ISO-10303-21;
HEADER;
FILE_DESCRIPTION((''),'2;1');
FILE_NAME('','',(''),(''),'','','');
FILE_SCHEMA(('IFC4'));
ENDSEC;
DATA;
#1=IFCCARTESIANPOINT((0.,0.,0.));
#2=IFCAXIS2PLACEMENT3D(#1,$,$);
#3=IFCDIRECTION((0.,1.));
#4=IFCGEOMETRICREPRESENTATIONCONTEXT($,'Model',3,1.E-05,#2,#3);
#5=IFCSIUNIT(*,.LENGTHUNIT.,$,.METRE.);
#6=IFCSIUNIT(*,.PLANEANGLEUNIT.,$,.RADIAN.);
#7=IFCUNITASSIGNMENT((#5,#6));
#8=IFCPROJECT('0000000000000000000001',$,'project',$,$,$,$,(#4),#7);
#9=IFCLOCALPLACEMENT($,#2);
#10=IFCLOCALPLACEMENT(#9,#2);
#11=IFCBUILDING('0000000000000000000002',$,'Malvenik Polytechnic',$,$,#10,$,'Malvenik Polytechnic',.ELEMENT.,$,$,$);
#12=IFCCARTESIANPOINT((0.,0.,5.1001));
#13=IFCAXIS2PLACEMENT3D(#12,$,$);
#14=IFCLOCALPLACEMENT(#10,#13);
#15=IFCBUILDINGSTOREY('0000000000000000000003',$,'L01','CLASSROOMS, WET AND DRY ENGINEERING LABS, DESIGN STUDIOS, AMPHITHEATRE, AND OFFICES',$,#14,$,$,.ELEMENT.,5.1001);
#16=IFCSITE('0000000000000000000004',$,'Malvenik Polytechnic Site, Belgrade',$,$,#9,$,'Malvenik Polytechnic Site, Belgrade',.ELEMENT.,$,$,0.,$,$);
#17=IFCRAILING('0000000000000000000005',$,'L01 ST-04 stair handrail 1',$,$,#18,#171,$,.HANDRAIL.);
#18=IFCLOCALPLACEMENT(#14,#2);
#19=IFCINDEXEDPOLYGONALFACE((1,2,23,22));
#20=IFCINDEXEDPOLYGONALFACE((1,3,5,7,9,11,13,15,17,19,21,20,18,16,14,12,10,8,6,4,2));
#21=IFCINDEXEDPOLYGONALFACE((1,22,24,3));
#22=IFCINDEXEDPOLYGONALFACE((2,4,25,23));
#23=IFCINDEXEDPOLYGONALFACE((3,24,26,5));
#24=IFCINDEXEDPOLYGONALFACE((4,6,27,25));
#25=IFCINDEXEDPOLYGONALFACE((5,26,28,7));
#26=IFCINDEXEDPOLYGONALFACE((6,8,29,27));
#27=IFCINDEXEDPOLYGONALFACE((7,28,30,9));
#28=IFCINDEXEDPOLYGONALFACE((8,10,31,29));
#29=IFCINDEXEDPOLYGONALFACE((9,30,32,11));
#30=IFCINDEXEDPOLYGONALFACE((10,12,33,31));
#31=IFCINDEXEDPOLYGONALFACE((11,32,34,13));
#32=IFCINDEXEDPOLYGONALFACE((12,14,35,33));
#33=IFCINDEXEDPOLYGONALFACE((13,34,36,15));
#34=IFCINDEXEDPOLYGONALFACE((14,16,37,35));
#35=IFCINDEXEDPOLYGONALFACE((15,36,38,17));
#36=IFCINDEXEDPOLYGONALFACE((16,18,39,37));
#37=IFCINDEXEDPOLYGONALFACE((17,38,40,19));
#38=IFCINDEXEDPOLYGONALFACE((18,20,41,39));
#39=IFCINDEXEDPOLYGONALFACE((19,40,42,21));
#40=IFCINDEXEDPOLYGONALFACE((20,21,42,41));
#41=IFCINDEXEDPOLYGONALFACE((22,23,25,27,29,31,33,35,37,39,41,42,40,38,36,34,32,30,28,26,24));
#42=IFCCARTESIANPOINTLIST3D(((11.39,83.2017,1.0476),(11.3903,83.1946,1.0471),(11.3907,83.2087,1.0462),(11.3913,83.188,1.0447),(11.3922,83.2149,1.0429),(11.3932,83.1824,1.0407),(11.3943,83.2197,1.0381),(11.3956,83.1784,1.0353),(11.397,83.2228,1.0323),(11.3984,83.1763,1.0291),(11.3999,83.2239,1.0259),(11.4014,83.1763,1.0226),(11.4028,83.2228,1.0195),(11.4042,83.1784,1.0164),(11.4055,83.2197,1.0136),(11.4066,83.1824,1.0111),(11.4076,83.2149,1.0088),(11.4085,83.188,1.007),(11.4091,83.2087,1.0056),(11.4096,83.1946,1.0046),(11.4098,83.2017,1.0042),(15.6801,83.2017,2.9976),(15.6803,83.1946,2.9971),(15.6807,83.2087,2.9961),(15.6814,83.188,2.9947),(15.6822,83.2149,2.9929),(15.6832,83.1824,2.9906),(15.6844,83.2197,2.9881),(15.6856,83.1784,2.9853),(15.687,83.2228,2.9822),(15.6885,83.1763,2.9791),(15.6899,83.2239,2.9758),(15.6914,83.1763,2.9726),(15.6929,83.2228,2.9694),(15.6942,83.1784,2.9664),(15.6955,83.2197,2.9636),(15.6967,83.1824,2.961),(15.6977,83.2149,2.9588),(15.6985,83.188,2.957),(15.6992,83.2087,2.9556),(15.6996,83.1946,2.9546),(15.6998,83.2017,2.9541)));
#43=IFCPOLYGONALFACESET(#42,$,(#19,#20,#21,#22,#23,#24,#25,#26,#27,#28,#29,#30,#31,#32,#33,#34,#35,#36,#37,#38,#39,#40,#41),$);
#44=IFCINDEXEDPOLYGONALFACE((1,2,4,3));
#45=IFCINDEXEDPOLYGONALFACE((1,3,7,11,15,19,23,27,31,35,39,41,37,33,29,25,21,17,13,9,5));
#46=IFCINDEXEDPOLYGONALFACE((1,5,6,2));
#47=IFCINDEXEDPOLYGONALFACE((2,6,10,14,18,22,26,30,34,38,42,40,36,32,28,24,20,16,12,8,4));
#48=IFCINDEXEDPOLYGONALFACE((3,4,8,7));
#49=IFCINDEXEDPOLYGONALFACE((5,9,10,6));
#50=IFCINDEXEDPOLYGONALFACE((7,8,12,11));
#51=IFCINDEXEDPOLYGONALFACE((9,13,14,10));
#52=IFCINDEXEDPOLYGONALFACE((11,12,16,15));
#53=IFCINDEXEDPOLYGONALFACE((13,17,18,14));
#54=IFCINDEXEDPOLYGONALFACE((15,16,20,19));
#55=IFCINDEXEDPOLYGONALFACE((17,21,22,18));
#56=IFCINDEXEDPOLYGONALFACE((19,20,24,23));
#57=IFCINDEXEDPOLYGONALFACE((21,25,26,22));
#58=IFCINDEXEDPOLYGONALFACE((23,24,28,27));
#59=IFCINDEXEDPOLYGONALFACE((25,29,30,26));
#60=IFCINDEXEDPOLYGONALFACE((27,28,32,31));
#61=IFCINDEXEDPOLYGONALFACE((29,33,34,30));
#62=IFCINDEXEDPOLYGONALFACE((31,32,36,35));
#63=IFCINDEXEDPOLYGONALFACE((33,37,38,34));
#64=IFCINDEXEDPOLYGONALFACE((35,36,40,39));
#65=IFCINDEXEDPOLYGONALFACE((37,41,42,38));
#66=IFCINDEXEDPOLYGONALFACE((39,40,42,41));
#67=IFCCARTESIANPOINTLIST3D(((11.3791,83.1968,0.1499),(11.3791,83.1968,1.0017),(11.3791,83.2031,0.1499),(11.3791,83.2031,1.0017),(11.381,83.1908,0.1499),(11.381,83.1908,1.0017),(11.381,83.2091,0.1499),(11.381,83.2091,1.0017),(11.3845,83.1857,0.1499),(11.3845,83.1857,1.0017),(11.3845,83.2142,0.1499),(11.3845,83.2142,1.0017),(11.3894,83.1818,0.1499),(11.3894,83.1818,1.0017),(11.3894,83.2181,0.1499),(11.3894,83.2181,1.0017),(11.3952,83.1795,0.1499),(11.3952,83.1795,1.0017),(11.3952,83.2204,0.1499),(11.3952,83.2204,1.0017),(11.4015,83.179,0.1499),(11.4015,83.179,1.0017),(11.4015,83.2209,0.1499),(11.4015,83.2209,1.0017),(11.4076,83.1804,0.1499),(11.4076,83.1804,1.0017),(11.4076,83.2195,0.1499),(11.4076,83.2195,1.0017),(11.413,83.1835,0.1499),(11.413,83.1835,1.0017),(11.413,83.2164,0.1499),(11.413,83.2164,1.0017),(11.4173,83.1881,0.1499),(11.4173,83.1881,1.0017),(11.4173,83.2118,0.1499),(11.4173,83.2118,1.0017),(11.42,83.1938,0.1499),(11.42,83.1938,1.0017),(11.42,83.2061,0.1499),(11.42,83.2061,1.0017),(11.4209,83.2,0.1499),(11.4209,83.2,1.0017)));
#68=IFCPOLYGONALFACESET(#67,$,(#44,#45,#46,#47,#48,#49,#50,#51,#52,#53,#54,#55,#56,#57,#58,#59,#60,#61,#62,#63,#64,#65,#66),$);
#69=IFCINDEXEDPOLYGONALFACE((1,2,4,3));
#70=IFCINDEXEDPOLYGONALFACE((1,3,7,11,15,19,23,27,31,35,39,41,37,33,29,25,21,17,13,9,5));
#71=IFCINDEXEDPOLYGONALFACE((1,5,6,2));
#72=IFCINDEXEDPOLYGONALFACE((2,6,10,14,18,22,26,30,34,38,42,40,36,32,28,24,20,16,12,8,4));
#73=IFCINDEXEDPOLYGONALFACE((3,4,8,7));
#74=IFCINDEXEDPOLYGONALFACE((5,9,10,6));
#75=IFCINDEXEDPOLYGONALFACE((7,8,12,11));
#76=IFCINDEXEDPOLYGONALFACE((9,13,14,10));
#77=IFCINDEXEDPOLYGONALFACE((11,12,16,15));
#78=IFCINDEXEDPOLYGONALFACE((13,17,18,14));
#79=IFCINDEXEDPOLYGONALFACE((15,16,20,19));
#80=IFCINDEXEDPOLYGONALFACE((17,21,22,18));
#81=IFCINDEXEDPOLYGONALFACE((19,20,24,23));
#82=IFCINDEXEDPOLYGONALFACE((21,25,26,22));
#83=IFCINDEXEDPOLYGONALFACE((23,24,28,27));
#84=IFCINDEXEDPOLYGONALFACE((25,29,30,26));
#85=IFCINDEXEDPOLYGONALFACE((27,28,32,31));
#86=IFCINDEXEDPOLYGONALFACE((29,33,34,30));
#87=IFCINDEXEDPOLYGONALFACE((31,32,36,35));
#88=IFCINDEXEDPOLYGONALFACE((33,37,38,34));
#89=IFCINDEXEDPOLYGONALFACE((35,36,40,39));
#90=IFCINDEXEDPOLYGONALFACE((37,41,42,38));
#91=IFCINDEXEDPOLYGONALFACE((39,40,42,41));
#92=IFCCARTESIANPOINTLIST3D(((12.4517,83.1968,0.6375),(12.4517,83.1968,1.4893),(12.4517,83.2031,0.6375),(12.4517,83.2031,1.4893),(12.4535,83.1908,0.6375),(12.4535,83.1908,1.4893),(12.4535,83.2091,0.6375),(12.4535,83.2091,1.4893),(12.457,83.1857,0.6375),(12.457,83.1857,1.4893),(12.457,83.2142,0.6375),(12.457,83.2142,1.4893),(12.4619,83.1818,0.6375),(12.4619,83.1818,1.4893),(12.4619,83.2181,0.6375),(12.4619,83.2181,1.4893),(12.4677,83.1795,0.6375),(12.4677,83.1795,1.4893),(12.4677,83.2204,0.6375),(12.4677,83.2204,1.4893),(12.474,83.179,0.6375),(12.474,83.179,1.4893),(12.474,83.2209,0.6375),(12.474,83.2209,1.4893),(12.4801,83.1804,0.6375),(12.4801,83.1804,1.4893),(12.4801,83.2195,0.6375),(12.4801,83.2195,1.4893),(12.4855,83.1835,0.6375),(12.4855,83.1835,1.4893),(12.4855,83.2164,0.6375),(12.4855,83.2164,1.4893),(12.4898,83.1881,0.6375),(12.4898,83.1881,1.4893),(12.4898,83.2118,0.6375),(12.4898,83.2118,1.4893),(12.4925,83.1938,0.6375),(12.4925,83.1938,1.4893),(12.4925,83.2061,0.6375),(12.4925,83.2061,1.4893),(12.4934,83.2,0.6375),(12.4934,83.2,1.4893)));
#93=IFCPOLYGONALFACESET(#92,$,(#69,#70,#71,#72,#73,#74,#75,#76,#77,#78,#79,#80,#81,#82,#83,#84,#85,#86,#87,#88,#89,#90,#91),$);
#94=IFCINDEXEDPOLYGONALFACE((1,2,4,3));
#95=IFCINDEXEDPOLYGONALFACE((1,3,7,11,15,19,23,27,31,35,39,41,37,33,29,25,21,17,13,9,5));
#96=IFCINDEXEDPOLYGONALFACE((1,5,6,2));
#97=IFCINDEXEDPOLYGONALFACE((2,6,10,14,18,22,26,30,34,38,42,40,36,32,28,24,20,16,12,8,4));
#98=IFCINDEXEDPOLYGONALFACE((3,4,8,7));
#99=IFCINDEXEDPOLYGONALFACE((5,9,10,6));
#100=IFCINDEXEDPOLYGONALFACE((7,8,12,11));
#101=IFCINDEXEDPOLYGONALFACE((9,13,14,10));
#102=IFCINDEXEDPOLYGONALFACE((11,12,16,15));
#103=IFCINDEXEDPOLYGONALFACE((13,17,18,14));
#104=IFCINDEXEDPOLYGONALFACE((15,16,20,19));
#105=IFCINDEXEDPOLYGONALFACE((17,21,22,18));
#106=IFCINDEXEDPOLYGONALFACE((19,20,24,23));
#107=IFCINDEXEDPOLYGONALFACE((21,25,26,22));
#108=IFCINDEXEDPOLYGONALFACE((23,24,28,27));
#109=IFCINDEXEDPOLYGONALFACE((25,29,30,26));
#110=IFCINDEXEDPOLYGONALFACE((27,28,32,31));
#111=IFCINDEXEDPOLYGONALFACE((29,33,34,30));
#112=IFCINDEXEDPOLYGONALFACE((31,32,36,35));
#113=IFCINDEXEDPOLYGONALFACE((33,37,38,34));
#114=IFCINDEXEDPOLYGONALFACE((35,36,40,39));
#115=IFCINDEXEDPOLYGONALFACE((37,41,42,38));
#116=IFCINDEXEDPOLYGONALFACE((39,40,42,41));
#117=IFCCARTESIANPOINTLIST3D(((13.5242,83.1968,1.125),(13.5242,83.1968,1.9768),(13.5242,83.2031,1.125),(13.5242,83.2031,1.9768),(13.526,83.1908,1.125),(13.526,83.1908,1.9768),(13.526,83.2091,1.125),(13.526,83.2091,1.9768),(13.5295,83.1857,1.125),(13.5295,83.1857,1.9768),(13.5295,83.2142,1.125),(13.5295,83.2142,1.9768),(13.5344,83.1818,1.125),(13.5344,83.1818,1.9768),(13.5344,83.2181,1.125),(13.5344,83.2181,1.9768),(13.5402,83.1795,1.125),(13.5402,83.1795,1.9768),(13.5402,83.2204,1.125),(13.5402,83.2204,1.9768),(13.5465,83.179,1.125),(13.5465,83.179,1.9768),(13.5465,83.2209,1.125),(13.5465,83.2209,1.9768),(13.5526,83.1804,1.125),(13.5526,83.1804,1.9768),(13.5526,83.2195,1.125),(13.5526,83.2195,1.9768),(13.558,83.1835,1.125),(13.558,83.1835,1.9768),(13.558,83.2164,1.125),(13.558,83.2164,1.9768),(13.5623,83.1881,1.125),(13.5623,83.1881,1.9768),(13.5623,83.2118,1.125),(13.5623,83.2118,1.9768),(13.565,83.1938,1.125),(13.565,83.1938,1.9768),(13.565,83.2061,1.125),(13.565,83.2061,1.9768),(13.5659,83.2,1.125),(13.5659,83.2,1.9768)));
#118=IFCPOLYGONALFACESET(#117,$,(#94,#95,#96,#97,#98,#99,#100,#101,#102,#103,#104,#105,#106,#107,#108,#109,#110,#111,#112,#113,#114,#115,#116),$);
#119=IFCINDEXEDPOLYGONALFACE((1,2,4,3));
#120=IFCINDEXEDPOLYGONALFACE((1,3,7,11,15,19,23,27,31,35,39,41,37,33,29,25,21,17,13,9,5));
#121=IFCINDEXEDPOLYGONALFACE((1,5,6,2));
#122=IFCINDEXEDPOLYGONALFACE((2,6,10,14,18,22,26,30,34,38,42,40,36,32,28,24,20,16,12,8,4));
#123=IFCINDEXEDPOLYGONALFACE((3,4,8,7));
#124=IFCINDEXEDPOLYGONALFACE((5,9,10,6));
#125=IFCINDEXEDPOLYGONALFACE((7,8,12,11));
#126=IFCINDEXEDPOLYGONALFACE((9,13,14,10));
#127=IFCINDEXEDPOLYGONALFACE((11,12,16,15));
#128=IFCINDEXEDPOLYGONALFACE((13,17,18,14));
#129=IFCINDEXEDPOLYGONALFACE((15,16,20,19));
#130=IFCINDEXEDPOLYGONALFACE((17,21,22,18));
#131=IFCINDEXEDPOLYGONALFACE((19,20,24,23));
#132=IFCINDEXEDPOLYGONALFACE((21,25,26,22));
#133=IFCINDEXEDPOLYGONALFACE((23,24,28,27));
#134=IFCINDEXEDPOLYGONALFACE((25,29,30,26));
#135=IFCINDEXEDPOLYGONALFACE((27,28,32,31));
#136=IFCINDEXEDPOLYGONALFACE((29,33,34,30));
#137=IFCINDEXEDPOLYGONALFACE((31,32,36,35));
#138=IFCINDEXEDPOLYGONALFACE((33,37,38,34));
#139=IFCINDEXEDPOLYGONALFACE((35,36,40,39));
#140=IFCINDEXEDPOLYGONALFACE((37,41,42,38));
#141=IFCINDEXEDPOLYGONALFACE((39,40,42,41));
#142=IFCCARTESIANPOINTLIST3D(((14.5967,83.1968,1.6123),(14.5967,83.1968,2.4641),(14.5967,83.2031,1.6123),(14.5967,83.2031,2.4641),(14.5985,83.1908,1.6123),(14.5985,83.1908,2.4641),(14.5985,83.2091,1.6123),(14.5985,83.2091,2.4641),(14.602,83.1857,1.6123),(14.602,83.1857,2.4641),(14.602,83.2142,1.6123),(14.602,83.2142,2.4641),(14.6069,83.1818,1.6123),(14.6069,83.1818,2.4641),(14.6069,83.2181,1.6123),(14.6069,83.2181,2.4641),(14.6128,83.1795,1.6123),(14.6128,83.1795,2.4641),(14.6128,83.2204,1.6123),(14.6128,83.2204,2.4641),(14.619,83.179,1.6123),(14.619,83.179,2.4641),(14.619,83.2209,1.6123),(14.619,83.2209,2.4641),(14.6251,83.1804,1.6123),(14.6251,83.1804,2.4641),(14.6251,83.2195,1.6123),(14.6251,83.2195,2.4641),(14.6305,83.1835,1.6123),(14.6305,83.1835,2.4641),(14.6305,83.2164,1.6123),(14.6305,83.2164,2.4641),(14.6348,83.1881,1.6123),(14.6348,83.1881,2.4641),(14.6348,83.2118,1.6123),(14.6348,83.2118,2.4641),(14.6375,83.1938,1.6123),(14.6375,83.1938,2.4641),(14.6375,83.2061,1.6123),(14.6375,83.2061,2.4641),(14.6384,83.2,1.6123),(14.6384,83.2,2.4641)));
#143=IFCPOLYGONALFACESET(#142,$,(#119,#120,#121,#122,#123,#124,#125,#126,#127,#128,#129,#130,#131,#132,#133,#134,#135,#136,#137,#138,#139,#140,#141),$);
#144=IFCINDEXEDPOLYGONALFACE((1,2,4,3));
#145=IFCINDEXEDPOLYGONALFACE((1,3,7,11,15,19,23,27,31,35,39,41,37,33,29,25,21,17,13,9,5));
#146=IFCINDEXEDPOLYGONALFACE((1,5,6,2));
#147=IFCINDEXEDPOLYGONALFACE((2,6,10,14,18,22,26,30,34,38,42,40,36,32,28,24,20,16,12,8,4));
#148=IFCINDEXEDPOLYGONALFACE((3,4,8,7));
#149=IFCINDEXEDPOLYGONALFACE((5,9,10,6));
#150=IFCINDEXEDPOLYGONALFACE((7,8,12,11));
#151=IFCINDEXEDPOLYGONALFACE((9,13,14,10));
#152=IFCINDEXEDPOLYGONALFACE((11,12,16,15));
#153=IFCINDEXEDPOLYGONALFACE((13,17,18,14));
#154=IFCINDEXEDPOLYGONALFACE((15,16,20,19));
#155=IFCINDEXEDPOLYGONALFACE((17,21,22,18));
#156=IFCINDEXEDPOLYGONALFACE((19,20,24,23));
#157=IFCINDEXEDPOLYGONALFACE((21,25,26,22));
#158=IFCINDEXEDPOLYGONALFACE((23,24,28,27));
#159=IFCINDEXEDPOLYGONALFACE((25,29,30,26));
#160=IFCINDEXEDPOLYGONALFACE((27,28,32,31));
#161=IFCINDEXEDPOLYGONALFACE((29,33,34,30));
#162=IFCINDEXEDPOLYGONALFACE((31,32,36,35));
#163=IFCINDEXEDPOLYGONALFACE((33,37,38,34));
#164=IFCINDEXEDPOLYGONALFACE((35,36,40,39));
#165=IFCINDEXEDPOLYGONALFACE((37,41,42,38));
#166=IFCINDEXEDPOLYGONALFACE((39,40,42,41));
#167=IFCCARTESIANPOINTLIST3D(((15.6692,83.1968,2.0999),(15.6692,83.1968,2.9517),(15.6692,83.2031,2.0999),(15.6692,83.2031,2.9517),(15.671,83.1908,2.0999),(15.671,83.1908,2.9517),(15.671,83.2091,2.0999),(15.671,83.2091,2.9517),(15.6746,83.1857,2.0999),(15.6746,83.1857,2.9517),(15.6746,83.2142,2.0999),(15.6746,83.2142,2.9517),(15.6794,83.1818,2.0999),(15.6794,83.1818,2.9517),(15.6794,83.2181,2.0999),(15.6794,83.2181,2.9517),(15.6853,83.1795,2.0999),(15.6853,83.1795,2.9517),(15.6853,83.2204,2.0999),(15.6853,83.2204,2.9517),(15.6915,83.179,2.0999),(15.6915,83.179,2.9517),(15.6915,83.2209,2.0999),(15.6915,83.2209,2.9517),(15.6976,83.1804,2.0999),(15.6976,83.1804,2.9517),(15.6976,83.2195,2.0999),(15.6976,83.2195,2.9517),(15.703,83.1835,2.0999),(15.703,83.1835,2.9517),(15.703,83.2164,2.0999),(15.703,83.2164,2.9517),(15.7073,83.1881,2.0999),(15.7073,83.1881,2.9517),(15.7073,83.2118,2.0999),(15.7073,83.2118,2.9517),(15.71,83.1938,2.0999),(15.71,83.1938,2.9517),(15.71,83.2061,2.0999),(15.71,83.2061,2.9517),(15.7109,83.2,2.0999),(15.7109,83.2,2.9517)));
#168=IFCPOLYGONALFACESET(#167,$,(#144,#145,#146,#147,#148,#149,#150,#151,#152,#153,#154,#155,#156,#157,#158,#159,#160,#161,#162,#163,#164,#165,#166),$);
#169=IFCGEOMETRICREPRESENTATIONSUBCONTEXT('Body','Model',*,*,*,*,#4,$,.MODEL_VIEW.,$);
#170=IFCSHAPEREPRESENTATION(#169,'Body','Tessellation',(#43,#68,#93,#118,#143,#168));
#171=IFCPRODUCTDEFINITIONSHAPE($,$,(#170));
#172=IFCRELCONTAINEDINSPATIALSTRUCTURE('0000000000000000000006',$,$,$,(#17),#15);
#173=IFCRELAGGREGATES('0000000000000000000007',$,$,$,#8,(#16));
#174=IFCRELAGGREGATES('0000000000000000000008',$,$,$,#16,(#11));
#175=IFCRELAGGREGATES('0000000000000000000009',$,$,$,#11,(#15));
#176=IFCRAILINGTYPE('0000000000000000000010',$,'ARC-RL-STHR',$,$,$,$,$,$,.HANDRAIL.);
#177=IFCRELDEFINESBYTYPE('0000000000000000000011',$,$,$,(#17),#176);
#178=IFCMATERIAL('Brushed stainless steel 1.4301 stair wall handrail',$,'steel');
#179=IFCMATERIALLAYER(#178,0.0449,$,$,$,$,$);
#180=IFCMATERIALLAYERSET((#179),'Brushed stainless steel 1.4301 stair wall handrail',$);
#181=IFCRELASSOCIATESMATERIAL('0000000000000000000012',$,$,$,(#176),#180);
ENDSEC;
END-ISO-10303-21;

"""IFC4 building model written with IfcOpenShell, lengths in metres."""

from ifc_helpers import new_model, si_unit, direction, frame, origin, origin_2d, place, context, subcontext, project, spatial, circle, extrude, material, layer, layer_set, type_object, element, save


model = new_model("IFC4")

# Units and contexts
model_context = context("Model", 3, precision=1e-05, world=origin(), true_north=direction((0.0, 1.0)))
body_context = subcontext(model_context, "Body", "Model", "MODEL_VIEW")
ifc_project = project(units=[si_unit("LENGTHUNIT", "METRE"), si_unit("PLANEANGLEUNIT", "RADIAN")], contexts=[model_context])

# Site, building, storey
site_placement = place(None, origin())
site = spatial("IfcSite", under=ifc_project, at=site_placement, Name="Malvenik Polytechnic Site, Belgrade", LongName="Malvenik Polytechnic Site, Belgrade", CompositionType="ELEMENT", RefElevation=0.0)
building_placement = place(site_placement, origin())
building = spatial("IfcBuilding", under=site, at=building_placement, Name="Malvenik Polytechnic", LongName="Malvenik Polytechnic", CompositionType="ELEMENT")
storey_placement = place(building_placement, frame((0.0, 0.0, 5.1001)))
storey = spatial("IfcBuildingStorey", under=building, at=storey_placement, Name="L01", Description="CLASSROOMS, WET AND DRY ENGINEERING LABS, DESIGN STUDIOS, AMPHITHEATRE, AND OFFICES", CompositionType="ELEMENT", Elevation=5.1001)

# Railing
ifc_material_1 = material(Name="Brushed stainless steel 1.4301 stair wall handrail", Category="steel")
ifc_layer_1 = layer(ifc_material_1, 0.0449)
ifc_layer_set_1 = layer_set([ifc_layer_1], Name="Brushed stainless steel 1.4301 stair wall handrail")
railing_type_1 = type_object("IfcRailingType", Name="ARC-RL-STHR", PredefinedType="HANDRAIL", material=ifc_layer_set_1)
railing_1_placement = place(storey_placement, frame((11.3999, 83.2, 0.1499)))
element("IfcRailing", 1, at=railing_1_placement, inside=storey, type_object=railing_type_1, Name="L01 ST-04 stair handrail 1", PredefinedType="HANDRAIL", context=body_context, shape_type="SweptSolid", body=[
    extrude(circle(Radius=0.0239, at=origin_2d()), frame((0.0, 0.0, 0.876), z_axis=(0.910372, 0.0, 0.413791), x_axis=(0.0, 1.0, 0.0)), (0.0, 0.0, 1.0), 4.7124),
    extrude(circle(Radius=0.021, at=origin_2d()), origin(), (0.0, 0.0, 1.0), 0.8518),
    extrude(circle(Radius=0.021, at=origin_2d()), frame((1.0725, 0.0, 0.4875)), (0.0, 0.0, 1.0), 0.8518),
    extrude(circle(Radius=0.021, at=origin_2d()), frame((2.145, 0.0, 0.9751)), (0.0, 0.0, 1.0), 0.8518),
    extrude(circle(Radius=0.021, at=origin_2d()), frame((3.2175, 0.0, 1.4624)), (0.0, 0.0, 1.0), 0.8518),
    extrude(circle(Radius=0.021, at=origin_2d()), frame((4.29, 0.0, 1.95)), (0.0, 0.0, 1.0), 0.8518),
])

save(model, "model.ifc")
